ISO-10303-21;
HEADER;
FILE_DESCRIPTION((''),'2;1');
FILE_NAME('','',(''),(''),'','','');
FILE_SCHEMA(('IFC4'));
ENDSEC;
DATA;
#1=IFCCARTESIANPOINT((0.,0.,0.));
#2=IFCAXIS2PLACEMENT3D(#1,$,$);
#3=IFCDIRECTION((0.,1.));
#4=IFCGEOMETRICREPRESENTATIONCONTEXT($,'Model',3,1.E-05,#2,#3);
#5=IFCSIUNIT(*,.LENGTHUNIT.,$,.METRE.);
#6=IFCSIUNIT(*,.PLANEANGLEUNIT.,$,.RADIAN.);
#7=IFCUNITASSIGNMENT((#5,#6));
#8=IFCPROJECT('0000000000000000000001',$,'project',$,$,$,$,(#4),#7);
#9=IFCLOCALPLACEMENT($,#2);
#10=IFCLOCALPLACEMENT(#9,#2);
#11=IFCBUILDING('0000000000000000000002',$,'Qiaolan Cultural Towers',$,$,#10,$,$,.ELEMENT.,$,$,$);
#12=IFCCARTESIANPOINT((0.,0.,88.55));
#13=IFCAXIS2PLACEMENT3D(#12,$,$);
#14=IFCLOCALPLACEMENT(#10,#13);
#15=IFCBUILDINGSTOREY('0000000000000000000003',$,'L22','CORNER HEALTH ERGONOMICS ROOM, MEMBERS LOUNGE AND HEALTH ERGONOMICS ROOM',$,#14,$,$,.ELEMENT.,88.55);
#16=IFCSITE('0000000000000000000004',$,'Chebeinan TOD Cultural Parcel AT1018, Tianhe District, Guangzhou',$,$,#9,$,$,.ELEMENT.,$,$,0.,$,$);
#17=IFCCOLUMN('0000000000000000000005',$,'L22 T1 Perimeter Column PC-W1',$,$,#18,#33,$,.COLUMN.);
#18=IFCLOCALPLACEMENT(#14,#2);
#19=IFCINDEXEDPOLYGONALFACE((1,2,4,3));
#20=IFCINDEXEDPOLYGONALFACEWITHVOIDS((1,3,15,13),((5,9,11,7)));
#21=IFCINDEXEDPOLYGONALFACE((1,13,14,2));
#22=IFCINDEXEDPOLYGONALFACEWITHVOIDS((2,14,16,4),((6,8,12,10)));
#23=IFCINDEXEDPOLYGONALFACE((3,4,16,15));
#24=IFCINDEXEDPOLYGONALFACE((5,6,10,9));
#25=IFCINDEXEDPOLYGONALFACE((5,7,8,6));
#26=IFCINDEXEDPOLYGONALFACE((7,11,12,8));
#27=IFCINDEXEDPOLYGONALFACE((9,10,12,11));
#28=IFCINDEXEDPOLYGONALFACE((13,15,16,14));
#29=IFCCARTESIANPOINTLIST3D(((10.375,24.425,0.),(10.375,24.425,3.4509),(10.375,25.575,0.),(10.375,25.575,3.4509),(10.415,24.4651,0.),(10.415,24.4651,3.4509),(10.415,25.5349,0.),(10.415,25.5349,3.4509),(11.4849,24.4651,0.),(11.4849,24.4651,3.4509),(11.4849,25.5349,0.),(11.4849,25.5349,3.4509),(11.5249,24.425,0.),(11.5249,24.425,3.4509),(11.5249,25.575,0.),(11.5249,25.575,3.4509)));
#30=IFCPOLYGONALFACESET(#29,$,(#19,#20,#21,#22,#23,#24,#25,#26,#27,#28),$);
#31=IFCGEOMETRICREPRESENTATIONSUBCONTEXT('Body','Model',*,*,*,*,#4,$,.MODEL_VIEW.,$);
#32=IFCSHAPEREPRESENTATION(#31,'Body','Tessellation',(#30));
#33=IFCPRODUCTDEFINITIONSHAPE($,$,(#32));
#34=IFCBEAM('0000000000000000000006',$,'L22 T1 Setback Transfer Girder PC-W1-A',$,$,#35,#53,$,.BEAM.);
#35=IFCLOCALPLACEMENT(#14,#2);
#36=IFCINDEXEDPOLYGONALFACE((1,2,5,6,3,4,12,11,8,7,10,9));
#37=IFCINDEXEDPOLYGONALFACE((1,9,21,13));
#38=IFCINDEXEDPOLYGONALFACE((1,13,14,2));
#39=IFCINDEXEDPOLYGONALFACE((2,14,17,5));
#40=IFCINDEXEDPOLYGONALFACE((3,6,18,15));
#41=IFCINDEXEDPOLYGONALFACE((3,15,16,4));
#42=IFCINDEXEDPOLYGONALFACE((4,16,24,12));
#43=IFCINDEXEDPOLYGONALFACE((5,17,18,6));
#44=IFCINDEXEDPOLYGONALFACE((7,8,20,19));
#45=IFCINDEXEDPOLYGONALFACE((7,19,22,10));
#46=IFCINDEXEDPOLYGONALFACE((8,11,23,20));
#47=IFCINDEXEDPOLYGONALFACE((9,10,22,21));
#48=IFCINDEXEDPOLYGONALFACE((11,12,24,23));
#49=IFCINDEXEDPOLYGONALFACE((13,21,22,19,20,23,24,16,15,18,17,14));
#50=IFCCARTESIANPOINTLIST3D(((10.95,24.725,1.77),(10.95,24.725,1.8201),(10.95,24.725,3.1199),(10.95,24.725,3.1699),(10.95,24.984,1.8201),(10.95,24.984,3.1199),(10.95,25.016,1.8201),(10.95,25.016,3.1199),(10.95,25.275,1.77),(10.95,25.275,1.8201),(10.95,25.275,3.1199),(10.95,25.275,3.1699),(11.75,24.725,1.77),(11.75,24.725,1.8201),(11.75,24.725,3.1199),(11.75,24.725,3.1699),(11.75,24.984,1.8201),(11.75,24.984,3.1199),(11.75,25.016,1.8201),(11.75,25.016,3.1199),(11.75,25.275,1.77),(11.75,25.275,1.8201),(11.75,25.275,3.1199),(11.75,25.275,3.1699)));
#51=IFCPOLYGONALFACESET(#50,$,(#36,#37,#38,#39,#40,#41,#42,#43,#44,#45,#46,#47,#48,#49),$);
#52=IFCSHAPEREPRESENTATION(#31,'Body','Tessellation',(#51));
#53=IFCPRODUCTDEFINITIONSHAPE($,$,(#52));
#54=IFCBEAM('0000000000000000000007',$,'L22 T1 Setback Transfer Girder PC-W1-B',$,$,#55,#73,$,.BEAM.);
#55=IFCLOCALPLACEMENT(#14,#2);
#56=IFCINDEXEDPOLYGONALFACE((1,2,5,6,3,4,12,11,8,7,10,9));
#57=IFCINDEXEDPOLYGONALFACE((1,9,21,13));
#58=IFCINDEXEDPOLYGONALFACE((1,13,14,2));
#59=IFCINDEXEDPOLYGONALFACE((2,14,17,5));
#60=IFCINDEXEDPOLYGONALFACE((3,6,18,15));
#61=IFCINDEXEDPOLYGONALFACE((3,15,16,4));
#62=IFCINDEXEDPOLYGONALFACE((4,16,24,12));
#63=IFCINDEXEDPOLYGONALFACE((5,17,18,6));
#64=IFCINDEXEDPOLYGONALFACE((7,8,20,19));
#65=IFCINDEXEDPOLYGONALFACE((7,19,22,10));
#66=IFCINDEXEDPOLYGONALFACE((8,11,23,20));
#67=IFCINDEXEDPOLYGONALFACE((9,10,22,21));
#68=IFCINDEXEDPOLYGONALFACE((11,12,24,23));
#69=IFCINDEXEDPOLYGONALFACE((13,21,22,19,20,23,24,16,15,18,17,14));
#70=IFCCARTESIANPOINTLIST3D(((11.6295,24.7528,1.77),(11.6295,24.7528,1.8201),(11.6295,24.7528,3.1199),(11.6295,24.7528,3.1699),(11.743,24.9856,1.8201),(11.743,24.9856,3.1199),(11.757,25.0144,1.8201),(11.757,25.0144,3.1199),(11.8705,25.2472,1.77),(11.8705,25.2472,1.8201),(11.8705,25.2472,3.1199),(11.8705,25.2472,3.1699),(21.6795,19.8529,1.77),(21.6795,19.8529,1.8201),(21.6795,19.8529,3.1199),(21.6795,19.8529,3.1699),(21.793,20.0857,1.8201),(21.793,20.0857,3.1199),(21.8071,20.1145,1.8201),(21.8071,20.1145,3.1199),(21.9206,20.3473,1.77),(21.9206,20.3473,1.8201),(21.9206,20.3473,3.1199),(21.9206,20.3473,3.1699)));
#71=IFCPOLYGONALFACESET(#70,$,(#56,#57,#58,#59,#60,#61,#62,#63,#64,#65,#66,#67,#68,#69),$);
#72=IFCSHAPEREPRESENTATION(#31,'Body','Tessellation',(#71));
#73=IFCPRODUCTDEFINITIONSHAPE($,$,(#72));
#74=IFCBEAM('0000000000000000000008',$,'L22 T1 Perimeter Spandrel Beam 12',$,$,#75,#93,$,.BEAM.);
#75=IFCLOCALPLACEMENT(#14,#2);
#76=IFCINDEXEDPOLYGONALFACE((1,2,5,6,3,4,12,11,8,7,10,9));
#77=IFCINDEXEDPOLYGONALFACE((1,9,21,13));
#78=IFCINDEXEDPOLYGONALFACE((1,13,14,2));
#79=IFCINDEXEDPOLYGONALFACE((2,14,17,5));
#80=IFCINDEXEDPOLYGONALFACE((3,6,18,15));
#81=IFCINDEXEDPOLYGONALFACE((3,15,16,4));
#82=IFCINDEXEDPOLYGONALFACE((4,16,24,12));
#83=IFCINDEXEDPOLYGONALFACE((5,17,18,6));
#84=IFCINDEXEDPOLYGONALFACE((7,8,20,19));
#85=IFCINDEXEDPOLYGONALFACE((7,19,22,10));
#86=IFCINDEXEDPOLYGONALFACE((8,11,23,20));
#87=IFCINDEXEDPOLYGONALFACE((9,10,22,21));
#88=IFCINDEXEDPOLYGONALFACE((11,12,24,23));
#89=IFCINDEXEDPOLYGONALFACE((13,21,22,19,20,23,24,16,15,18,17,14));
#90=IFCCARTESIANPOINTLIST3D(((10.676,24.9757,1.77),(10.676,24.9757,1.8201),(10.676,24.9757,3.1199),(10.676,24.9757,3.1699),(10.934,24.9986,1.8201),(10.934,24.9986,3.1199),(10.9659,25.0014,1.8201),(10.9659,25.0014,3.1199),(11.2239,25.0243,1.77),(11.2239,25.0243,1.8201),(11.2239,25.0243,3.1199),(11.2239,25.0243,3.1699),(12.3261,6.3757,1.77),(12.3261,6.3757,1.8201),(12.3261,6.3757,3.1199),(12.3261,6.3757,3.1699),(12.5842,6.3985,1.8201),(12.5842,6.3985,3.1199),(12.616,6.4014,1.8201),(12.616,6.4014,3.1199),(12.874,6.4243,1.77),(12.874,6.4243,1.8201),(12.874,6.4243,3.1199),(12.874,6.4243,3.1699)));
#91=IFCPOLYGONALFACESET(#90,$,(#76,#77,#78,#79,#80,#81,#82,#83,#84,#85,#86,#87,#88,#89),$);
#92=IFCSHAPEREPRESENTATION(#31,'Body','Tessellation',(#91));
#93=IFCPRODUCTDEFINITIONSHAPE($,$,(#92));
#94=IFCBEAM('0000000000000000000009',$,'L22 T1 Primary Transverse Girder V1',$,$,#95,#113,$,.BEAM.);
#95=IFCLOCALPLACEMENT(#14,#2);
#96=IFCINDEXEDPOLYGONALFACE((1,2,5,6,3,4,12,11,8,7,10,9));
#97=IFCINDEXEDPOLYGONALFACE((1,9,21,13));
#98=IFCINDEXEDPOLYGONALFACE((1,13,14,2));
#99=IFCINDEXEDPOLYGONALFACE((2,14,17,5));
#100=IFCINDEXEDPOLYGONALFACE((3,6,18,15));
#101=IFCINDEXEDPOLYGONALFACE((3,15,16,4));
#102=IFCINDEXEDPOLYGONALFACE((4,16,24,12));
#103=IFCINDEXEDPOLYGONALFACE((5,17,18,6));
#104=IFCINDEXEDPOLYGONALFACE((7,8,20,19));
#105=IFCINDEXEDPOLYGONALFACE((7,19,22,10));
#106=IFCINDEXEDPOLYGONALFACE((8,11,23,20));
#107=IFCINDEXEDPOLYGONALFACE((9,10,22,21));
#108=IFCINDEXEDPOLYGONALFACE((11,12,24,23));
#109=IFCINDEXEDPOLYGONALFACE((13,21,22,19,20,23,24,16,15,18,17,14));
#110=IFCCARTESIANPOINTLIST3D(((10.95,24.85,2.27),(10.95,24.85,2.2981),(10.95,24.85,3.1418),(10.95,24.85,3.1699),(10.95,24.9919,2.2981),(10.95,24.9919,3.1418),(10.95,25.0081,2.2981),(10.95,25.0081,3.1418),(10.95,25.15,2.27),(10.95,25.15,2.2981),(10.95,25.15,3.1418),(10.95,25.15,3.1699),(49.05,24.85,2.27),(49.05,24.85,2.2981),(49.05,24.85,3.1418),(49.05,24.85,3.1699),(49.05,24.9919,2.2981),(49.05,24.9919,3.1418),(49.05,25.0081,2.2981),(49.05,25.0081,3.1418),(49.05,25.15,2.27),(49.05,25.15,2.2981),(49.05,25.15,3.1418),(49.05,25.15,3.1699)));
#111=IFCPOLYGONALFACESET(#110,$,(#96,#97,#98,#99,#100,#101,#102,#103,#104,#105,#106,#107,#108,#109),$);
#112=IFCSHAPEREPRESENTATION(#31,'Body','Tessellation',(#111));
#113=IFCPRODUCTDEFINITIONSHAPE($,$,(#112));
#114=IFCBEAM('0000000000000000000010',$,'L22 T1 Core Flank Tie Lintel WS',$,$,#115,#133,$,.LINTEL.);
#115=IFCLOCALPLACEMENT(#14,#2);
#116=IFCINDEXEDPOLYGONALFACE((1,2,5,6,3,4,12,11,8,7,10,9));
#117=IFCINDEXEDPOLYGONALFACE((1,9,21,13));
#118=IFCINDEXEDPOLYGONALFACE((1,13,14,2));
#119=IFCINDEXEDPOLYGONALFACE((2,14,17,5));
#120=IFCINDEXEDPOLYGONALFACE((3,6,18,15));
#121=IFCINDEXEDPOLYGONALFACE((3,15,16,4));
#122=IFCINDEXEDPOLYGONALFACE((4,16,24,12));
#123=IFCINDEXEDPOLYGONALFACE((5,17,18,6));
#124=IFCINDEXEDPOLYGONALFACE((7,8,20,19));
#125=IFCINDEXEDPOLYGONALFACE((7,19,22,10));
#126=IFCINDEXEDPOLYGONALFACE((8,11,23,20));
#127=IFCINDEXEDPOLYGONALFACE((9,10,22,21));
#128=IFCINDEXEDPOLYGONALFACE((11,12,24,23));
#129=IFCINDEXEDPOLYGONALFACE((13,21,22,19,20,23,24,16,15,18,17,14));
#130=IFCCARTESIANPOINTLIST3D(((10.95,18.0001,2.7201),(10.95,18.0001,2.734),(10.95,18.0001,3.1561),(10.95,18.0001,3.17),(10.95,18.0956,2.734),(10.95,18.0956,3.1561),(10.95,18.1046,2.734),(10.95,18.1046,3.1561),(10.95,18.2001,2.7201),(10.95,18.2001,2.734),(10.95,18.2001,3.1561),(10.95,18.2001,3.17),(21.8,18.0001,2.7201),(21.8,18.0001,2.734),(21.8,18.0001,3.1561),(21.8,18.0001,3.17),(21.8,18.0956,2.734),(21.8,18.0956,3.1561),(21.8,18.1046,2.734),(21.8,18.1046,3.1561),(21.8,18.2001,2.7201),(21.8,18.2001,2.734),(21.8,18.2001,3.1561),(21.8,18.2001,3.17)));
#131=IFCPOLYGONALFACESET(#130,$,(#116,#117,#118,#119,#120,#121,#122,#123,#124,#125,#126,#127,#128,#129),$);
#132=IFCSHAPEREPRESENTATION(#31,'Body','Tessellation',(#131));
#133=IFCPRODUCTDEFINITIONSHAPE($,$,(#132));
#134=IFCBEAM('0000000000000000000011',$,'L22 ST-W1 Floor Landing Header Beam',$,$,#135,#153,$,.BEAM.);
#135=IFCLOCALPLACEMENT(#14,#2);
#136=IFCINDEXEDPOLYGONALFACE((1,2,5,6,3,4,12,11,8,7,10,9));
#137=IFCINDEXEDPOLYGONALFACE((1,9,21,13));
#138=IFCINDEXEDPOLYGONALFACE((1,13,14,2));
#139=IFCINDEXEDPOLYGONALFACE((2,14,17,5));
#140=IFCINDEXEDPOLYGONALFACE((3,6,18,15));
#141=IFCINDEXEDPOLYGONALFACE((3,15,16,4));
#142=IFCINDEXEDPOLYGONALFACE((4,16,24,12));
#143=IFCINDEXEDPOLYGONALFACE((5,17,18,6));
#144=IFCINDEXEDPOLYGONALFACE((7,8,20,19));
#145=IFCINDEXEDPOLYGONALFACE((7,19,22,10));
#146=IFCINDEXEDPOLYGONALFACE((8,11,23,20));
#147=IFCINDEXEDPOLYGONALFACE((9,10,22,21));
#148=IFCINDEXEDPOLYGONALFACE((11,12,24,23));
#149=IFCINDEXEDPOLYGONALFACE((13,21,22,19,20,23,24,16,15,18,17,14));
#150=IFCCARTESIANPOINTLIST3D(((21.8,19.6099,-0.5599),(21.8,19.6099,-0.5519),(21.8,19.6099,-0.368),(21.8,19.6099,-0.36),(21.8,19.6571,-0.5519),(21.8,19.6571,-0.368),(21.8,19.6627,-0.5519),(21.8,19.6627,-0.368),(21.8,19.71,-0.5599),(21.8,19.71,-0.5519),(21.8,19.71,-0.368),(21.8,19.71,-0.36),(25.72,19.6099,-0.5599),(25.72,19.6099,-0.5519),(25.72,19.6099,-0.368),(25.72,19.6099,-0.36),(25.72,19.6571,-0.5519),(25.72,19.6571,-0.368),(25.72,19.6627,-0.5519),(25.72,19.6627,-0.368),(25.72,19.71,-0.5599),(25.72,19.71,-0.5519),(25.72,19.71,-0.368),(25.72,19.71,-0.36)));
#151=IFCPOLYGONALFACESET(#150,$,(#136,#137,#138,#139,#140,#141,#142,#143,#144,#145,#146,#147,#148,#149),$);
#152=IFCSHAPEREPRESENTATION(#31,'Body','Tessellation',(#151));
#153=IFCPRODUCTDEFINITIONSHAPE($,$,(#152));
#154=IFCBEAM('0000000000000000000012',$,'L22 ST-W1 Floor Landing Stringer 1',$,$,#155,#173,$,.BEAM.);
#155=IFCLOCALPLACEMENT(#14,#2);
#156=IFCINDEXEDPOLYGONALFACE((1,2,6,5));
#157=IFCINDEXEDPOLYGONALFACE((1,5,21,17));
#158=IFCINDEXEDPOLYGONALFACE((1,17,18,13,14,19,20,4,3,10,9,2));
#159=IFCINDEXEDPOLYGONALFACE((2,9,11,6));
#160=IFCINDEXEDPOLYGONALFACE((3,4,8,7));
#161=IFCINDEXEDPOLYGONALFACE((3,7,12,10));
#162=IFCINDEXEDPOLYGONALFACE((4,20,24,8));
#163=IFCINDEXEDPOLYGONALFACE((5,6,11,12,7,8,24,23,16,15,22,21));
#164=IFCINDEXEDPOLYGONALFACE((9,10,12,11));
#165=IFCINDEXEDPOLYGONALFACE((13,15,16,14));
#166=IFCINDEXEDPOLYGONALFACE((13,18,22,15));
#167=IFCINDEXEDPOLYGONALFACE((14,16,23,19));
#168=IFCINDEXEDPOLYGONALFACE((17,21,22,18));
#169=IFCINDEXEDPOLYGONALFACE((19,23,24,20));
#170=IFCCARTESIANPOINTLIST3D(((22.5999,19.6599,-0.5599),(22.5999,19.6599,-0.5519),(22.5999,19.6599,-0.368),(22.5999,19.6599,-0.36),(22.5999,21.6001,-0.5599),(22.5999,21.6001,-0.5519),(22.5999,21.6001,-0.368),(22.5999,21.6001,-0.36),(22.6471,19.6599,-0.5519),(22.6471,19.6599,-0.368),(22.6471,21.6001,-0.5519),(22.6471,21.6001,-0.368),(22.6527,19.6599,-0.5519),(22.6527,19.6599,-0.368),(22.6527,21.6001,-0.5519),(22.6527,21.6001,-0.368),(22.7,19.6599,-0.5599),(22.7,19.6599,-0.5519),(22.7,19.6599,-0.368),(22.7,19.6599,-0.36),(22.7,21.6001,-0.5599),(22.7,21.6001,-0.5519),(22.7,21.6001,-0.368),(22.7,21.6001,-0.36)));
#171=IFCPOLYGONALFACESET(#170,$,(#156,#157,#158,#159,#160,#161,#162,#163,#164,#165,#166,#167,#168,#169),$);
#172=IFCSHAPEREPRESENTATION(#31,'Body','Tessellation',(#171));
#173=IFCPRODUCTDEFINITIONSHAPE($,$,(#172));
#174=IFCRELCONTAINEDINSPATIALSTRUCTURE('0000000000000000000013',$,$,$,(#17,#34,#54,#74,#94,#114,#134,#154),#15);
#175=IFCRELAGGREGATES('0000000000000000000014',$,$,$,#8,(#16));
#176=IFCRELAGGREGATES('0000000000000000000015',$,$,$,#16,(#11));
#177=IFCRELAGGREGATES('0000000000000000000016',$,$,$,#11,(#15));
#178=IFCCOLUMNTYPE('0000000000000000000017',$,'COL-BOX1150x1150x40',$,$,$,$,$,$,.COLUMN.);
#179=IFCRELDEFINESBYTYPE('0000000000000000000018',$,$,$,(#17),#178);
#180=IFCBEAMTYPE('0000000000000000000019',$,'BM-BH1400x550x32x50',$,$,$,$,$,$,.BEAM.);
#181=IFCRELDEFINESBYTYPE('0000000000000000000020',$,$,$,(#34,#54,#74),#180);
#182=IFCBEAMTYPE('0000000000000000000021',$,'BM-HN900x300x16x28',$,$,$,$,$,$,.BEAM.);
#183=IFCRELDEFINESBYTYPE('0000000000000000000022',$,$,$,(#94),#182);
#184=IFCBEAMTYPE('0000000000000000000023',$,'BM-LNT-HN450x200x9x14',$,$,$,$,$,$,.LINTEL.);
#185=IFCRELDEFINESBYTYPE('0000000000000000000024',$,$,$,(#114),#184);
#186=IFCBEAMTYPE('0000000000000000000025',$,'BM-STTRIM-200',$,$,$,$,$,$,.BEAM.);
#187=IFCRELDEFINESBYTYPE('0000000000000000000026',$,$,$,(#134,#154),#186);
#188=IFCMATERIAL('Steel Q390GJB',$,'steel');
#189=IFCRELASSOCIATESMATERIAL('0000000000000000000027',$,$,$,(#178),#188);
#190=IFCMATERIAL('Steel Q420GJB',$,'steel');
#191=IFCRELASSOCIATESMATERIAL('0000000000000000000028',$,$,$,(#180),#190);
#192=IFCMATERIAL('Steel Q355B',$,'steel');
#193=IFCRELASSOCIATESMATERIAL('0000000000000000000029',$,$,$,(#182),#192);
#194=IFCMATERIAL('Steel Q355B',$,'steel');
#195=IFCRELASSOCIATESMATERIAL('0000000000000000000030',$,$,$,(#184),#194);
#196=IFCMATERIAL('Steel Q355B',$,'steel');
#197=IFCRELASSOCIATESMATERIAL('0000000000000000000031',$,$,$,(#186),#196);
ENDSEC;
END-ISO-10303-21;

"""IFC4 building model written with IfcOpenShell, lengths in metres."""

from ifc_helpers import new_model, si_unit, direction, frame, origin, origin_2d, place, context, subcontext, project, spatial, hollow_rectangle, i_section, extrude, material, material_profile, profile_set, type_object, element, save


model = new_model("IFC4")

# Units and contexts
model_context = context("Model", 3, precision=1e-05, world=origin(), true_north=direction((0.0, 1.0)))
body_context = subcontext(model_context, "Body", "Model", "MODEL_VIEW")
ifc_project = project(units=[si_unit("LENGTHUNIT", "METRE"), si_unit("PLANEANGLEUNIT", "RADIAN")], contexts=[model_context])

# Site, building, storey
site_placement = place(None, origin())
site = spatial("IfcSite", under=ifc_project, at=site_placement, Name="Chebeinan TOD Cultural Parcel AT1018, Tianhe District, Guangzhou", CompositionType="ELEMENT", RefElevation=0.0)
building_placement = place(site_placement, origin())
building = spatial("IfcBuilding", under=site, at=building_placement, Name="Qiaolan Cultural Towers", CompositionType="ELEMENT")
storey_placement = place(building_placement, frame((0.0, 0.0, 88.55)))
storey = spatial("IfcBuildingStorey", under=building, at=storey_placement, Name="L22", Description="CORNER HEALTH ERGONOMICS ROOM, MEMBERS LOUNGE AND HEALTH ERGONOMICS ROOM", CompositionType="ELEMENT", Elevation=88.55)

# Column
ifc_material_1 = material(Name="Steel Q390GJB", Category="steel")
ifc_material_profile_1 = material_profile(ifc_material_1, hollow_rectangle(XDim=1.1499, YDim=1.1499, WallThickness=0.04, at=origin_2d()), Name="BOX1150x1150x40")
ifc_profile_set_1 = profile_set([ifc_material_profile_1], Name="Steel Q390GJB")
column_type = type_object("IfcColumnType", Name="COL-BOX1150x1150x40", PredefinedType="COLUMN", material=ifc_profile_set_1)
column_placement = place(storey_placement, frame((10.95, 25.0, 0.0), z_axis=(0.0, 0.0, 1.0), x_axis=(1.0, 0.0, 0.0)))
element("IfcColumn", 1, at=column_placement, inside=storey, type_object=column_type, Name="L22 T1 Perimeter Column PC-W1", PredefinedType="COLUMN", context=body_context, shape_type="SweptSolid", body=[
    extrude(hollow_rectangle(XDim=1.1499, YDim=1.1499, WallThickness=0.04, at=origin_2d()), origin(), (0.0, 0.0, 1.0), 3.4509),
])

# Beams
ifc_material_2 = material(Name="Steel Q420GJB", Category="steel")
ifc_material_profile_2 = material_profile(ifc_material_2, i_section(OverallWidth=0.55, OverallDepth=1.3999, WebThickness=0.032, FlangeThickness=0.05, at=origin_2d()), Name="BH1400x550x32x50")
ifc_profile_set_2 = profile_set([ifc_material_profile_2], Name="Steel Q420GJB")
beam_type_1 = type_object("IfcBeamType", Name="BM-BH1400x550x32x50", PredefinedType="BEAM", material=ifc_profile_set_2)
beam_1_placement = place(storey_placement, frame((10.95, 25.0, 2.47), z_axis=(1.0, 0.0, 0.0), x_axis=(0.0, 1.0, 0.0)))
element("IfcBeam", 2, at=beam_1_placement, inside=storey, type_object=beam_type_1, Name="L22 T1 Setback Transfer Girder PC-W1-A", PredefinedType="BEAM", context=body_context, shape_type="SweptSolid", body=[
    extrude(i_section(OverallWidth=0.55, OverallDepth=1.3999, WebThickness=0.032, FlangeThickness=0.05, at=origin_2d()), origin(), (0.0, 0.0, 1.0), 0.8),
])
beam_2_placement = place(storey_placement, frame((11.75, 25.0, 2.47), z_axis=(0.898859, -0.438239, 0.0), x_axis=(0.438239, 0.898859, 0.0)))
element("IfcBeam", 3, at=beam_2_placement, inside=storey, type_object=beam_type_1, Name="L22 T1 Setback Transfer Girder PC-W1-B", PredefinedType="BEAM", context=body_context, shape_type="SweptSolid", body=[
    extrude(i_section(OverallWidth=0.55, OverallDepth=1.3999, WebThickness=0.032, FlangeThickness=0.05, at=origin_2d()), origin(), (0.0, 0.0, 1.0), 11.1809),
])
beam_3_placement = place(storey_placement, frame((10.95, 25.0, 2.47), z_axis=(0.08837, -0.996088, 0.0), x_axis=(0.996088, 0.08837, 0.0)))
element("IfcBeam", 4, at=beam_3_placement, inside=storey, type_object=beam_type_1, Name="L22 T1 Perimeter Spandrel Beam 12", PredefinedType="BEAM", context=body_context, shape_type="SweptSolid", body=[
    extrude(i_section(OverallWidth=0.55, OverallDepth=1.3999, WebThickness=0.032, FlangeThickness=0.05, at=origin_2d()), origin(), (0.0, 0.0, 1.0), 18.6731),
])
ifc_material_3 = material(Name="Steel Q355B", Category="steel")
ifc_material_profile_3 = material_profile(ifc_material_3, i_section(OverallWidth=0.3, OverallDepth=0.8999, WebThickness=0.0161, FlangeThickness=0.0281, at=origin_2d()), Name="HN900x300x16x28")
ifc_profile_set_3 = profile_set([ifc_material_profile_3], Name="Steel Q355B")
beam_type_2 = type_object("IfcBeamType", Name="BM-HN900x300x16x28", PredefinedType="BEAM", material=ifc_profile_set_3)
beam_4_placement = place(storey_placement, frame((10.95, 25.0, 2.72), z_axis=(1.0, 0.0, 0.0), x_axis=(0.0, 1.0, 0.0)))
element("IfcBeam", 5, at=beam_4_placement, inside=storey, type_object=beam_type_2, Name="L22 T1 Primary Transverse Girder V1", PredefinedType="BEAM", context=body_context, shape_type="SweptSolid", body=[
    extrude(i_section(OverallWidth=0.3, OverallDepth=0.8999, WebThickness=0.0161, FlangeThickness=0.0281, at=origin_2d()), origin(), (0.0, 0.0, 1.0), 38.1001),
])
ifc_material_4 = material(Name="Steel Q355B", Category="steel")
ifc_material_profile_4 = material_profile(ifc_material_4, i_section(OverallWidth=0.2, OverallDepth=0.45, WebThickness=0.009, FlangeThickness=0.0139, at=origin_2d()), Name="HN450x200x9x14")
ifc_profile_set_4 = profile_set([ifc_material_profile_4], Name="Steel Q355B")
beam_type_3 = type_object("IfcBeamType", Name="BM-LNT-HN450x200x9x14", PredefinedType="LINTEL", material=ifc_profile_set_4)
beam_5_placement = place(storey_placement, frame((21.8, 18.1001, 2.9451), z_axis=(-1.0, 0.0, 0.0), x_axis=(0.0, -1.0, 0.0)))
element("IfcBeam", 6, at=beam_5_placement, inside=storey, type_object=beam_type_3, Name="L22 T1 Core Flank Tie Lintel WS", PredefinedType="LINTEL", context=body_context, shape_type="SweptSolid", body=[
    extrude(i_section(OverallWidth=0.2, OverallDepth=0.45, WebThickness=0.009, FlangeThickness=0.0139, at=origin_2d()), origin(), (0.0, 0.0, 1.0), 10.8501),
])
ifc_material_5 = material(Name="Steel Q355B", Category="steel")
ifc_material_profile_5 = material_profile(ifc_material_5, i_section(OverallWidth=0.1001, OverallDepth=0.2, WebThickness=0.0056, FlangeThickness=0.0081, at=origin_2d()), Name="HN200x100x5.5x8")
ifc_profile_set_5 = profile_set([ifc_material_profile_5], Name="Steel Q355B")
beam_type_4 = type_object("IfcBeamType", Name="BM-STTRIM-200", PredefinedType="BEAM", material=ifc_profile_set_5)
beam_6_placement = place(storey_placement, frame((21.8, 19.6599, -0.46), z_axis=(1.0, 0.0, 0.0), x_axis=(0.0, 1.0, 0.0)))
element("IfcBeam", 7, at=beam_6_placement, inside=storey, type_object=beam_type_4, Name="L22 ST-W1 Floor Landing Header Beam", PredefinedType="BEAM", context=body_context, shape_type="SweptSolid", body=[
    extrude(i_section(OverallWidth=0.1001, OverallDepth=0.2, WebThickness=0.0056, FlangeThickness=0.0081, at=origin_2d()), origin(), (0.0, 0.0, 1.0), 3.9199),
])
beam_7_placement = place(storey_placement, frame((22.6499, 21.6001, -0.46), z_axis=(0.0, -1.0, 0.0), x_axis=(1.0, 0.0, 0.0)))
element("IfcBeam", 8, at=beam_7_placement, inside=storey, type_object=beam_type_4, Name="L22 ST-W1 Floor Landing Stringer 1", PredefinedType="BEAM", context=body_context, shape_type="SweptSolid", body=[
    extrude(i_section(OverallWidth=0.1001, OverallDepth=0.2, WebThickness=0.0056, FlangeThickness=0.0081, at=origin_2d()), origin(), (0.0, 0.0, 1.0), 1.9402),
])

save(model, "model.ifc")
